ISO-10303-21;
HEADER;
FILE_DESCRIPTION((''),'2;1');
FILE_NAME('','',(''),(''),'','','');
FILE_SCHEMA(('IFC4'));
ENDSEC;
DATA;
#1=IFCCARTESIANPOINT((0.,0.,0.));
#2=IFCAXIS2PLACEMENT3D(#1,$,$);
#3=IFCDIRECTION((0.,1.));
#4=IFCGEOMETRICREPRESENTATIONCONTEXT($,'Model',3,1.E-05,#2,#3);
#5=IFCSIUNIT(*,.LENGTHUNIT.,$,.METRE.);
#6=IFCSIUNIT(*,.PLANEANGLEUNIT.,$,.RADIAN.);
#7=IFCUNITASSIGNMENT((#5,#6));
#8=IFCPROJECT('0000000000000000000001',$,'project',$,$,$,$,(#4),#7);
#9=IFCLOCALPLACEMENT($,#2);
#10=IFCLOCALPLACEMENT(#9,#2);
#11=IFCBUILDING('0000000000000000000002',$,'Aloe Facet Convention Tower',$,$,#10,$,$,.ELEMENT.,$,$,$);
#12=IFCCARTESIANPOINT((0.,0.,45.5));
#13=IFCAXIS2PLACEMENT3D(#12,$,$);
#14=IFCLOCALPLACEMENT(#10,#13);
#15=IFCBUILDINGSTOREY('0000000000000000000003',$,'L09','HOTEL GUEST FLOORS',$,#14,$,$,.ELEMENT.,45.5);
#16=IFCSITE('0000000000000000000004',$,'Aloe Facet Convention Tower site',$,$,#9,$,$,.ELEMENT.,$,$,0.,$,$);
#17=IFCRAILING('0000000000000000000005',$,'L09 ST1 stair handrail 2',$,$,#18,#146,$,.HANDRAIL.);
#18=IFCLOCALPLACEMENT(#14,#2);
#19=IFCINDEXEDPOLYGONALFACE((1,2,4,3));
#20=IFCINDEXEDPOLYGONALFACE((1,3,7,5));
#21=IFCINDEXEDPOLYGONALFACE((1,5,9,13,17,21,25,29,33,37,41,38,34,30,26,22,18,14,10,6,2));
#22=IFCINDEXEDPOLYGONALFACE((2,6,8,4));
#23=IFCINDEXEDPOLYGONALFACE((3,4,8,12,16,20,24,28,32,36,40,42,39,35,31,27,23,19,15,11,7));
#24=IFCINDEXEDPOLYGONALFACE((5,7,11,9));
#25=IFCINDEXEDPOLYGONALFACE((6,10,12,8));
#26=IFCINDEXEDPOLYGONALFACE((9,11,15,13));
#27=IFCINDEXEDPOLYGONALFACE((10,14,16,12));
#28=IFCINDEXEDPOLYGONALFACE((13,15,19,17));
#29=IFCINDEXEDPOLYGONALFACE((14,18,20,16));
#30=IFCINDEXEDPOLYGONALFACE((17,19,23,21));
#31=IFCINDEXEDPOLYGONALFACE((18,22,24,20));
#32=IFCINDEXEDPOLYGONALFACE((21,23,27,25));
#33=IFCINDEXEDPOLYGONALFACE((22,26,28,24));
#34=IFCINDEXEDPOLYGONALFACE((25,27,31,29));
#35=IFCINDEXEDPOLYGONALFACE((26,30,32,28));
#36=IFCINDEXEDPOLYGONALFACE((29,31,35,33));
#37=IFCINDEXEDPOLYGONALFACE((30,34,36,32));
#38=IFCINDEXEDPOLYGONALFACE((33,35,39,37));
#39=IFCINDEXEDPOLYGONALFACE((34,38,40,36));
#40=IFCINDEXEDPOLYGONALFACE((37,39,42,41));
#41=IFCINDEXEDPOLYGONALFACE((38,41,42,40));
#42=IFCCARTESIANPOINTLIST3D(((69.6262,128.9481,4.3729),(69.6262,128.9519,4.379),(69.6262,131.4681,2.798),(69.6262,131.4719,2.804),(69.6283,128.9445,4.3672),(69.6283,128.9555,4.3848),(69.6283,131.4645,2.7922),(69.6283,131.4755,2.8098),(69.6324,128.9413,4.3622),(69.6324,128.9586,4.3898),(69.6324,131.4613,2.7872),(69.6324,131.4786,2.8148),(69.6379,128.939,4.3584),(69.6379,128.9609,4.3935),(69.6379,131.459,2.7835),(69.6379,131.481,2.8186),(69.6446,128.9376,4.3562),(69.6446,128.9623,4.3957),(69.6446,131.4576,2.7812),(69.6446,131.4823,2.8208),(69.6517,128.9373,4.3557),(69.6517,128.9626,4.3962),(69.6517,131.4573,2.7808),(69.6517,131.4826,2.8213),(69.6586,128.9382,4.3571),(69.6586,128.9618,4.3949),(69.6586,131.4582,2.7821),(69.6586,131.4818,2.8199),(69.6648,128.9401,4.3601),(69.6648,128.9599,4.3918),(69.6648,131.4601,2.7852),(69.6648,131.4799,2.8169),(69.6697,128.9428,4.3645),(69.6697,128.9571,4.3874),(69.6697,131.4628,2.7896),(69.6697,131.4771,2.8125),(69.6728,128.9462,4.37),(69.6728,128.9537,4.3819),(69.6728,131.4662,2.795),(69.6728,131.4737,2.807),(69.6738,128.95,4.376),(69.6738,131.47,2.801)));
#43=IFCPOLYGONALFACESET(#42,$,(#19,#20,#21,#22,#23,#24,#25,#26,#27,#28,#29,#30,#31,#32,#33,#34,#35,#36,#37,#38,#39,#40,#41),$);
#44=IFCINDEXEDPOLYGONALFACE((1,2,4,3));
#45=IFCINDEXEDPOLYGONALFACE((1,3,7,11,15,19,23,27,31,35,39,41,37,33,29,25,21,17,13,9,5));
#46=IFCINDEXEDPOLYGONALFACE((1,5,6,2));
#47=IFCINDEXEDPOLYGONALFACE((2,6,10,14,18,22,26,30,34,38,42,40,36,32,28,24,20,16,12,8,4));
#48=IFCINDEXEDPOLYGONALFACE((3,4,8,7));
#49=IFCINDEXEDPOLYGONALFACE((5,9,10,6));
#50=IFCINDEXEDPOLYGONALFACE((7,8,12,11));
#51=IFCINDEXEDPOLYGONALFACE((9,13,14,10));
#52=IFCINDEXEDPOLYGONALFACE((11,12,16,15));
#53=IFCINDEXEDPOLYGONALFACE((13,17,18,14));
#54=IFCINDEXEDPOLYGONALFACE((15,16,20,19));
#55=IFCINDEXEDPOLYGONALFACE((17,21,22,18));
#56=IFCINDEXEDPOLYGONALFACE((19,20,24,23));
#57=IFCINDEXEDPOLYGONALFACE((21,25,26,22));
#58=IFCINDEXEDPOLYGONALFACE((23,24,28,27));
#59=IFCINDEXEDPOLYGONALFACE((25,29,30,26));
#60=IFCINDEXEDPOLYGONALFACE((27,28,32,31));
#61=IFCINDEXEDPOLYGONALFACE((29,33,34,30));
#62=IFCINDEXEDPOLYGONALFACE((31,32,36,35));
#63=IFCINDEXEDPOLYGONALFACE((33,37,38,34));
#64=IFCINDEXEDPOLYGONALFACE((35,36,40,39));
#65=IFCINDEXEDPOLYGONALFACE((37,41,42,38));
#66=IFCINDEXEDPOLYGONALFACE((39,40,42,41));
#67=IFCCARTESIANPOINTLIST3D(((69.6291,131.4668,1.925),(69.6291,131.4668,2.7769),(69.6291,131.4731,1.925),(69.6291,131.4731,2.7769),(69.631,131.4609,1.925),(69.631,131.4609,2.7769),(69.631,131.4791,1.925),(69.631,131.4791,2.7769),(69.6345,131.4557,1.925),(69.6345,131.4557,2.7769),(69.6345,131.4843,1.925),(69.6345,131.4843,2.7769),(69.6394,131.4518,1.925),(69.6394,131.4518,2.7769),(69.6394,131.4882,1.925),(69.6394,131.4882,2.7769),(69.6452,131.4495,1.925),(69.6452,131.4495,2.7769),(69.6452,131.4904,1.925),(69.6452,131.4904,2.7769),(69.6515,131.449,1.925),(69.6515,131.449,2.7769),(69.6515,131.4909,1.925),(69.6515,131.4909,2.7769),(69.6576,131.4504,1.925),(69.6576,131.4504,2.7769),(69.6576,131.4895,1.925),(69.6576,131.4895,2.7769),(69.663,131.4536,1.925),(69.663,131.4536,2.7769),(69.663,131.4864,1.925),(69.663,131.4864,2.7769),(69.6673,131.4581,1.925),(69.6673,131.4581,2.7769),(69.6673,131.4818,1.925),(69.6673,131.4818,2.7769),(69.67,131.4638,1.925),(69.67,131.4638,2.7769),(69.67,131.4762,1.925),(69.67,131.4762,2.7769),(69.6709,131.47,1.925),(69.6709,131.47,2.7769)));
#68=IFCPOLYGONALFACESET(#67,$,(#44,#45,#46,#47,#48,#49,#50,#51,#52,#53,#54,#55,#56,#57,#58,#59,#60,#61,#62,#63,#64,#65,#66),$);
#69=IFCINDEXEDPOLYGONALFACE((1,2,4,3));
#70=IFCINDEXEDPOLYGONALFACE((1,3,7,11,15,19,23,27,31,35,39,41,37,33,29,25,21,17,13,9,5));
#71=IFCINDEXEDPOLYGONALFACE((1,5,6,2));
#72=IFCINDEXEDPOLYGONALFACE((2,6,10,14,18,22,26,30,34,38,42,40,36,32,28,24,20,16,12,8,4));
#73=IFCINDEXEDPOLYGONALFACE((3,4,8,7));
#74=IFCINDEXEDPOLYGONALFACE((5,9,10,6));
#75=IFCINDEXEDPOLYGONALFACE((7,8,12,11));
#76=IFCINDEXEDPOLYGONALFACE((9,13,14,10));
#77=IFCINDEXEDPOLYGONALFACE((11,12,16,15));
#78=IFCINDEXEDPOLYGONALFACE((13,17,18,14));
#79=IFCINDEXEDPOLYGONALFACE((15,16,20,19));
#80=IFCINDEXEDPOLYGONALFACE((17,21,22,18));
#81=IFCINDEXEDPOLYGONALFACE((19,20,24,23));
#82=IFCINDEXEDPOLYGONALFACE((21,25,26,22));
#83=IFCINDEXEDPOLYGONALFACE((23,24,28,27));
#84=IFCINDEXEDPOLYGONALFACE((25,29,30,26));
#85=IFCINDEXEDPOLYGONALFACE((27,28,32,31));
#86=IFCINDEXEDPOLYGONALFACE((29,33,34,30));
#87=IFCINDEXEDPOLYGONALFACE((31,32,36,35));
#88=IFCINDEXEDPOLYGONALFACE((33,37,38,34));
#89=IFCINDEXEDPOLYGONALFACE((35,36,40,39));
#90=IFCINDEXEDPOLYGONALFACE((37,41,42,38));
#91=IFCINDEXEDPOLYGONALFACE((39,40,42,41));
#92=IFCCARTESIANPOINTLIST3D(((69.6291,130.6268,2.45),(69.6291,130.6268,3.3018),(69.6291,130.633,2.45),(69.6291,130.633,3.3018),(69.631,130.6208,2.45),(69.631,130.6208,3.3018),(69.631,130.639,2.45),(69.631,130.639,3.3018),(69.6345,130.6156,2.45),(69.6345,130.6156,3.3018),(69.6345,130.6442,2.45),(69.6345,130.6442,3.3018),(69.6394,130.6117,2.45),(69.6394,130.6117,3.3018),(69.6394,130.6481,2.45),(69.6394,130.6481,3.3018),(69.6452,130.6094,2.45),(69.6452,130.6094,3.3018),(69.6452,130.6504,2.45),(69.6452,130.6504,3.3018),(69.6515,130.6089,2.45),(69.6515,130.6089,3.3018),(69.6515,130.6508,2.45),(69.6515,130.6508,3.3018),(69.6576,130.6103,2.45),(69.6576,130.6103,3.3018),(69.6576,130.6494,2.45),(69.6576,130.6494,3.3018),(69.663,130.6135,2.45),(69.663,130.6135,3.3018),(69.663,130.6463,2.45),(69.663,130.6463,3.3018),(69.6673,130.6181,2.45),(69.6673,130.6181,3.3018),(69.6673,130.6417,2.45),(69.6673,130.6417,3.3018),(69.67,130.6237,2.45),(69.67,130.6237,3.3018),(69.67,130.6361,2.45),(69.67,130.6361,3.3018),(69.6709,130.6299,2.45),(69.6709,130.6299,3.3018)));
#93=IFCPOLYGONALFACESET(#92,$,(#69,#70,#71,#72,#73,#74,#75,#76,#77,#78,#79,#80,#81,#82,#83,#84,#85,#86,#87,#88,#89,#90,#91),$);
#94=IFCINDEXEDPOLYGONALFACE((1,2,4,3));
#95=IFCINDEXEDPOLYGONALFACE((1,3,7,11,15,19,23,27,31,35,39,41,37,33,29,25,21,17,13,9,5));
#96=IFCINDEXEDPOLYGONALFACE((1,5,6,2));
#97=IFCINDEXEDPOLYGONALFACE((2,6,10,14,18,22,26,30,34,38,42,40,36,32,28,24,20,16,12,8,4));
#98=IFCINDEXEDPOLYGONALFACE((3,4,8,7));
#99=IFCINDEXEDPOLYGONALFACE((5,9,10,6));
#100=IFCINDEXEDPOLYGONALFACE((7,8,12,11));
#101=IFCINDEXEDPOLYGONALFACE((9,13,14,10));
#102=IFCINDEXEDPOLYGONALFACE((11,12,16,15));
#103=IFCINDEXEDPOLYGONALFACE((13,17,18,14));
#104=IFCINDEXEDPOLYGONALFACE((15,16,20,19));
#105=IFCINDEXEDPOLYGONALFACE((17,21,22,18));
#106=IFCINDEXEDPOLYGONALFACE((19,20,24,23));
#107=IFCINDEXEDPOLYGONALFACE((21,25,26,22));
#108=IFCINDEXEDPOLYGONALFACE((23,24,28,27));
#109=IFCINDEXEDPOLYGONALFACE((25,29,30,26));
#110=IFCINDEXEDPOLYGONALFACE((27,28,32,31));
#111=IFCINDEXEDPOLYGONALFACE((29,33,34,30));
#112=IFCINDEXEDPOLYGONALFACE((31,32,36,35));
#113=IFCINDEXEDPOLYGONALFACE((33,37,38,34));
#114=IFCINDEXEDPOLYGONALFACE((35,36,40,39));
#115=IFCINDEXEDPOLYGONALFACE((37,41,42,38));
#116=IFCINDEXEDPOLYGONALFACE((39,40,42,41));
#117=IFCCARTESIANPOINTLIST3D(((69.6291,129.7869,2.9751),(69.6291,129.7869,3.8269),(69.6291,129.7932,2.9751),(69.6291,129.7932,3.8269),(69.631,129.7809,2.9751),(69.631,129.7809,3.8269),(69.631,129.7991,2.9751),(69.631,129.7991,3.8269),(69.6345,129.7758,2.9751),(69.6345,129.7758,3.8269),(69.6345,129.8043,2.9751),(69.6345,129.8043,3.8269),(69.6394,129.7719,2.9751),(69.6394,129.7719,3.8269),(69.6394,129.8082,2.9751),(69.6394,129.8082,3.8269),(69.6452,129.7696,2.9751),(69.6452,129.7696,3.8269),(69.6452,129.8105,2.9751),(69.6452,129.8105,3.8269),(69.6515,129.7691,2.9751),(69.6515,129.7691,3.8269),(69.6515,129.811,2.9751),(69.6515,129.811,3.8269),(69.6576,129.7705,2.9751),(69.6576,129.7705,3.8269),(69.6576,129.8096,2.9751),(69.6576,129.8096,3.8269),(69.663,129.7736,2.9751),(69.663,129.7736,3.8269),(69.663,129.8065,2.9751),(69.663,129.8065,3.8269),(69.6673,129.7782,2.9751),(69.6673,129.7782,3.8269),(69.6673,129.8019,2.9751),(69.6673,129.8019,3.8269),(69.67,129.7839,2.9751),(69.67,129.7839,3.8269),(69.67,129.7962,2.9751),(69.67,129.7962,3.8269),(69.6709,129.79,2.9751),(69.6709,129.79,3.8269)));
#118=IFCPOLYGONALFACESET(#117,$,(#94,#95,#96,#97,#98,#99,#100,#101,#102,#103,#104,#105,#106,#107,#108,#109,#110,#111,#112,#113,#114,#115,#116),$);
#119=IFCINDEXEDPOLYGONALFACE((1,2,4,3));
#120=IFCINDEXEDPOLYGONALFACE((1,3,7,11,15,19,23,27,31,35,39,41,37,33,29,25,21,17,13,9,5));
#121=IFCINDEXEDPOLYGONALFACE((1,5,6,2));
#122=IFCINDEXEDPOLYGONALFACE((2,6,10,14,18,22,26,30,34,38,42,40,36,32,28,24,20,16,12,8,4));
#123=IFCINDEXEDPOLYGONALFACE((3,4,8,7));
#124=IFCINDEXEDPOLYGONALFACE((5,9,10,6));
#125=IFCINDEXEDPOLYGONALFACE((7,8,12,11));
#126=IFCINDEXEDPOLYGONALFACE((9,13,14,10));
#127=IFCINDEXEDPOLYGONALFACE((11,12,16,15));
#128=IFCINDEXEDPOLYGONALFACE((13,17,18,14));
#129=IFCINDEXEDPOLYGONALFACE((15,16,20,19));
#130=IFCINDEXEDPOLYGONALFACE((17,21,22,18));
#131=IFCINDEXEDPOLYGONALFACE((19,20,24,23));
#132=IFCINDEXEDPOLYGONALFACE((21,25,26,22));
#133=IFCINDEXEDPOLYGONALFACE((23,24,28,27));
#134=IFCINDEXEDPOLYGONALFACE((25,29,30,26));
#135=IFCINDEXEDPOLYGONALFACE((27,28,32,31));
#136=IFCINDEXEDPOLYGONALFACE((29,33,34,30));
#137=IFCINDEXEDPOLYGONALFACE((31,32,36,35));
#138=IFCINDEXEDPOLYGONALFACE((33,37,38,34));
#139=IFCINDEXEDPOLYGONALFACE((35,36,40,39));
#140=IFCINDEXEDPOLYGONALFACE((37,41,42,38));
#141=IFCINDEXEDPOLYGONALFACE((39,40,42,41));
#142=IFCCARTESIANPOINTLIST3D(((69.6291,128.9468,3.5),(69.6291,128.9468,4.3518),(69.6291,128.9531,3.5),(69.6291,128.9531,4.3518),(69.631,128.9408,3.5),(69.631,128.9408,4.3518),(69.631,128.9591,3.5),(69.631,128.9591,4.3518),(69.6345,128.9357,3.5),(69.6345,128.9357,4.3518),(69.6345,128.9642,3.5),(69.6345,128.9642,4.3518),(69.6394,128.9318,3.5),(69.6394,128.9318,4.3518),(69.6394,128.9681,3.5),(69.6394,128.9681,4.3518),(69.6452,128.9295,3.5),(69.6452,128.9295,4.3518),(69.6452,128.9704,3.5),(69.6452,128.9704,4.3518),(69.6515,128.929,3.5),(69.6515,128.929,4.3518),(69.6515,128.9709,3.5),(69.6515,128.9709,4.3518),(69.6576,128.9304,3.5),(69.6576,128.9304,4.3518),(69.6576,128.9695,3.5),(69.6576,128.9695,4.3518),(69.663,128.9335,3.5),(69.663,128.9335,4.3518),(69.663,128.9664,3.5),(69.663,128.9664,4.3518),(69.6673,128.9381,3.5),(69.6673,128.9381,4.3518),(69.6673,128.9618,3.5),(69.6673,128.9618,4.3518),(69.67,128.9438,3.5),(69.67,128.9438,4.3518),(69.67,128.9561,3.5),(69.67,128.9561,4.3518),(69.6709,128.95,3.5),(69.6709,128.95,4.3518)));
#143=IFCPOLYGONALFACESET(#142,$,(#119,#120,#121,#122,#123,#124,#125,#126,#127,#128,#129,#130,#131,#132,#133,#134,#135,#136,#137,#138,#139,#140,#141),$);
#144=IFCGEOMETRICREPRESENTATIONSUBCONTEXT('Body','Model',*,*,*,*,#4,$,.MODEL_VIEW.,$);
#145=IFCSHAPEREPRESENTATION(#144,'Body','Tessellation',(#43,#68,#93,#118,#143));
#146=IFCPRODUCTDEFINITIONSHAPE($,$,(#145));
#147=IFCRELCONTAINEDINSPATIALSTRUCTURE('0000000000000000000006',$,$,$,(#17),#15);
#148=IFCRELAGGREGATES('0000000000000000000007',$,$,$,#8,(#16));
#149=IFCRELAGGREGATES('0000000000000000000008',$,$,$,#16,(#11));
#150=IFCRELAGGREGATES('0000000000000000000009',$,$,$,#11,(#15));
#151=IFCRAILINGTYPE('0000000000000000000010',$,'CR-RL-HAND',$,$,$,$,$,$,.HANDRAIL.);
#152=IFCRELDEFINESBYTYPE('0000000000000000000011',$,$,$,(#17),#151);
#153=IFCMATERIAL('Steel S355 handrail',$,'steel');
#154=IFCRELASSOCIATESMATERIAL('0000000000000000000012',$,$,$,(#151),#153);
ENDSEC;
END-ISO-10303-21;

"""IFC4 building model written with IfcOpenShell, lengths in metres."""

from ifc_helpers import new_model, si_unit, direction, frame, origin, origin_2d, place, context, subcontext, project, spatial, circle, extrude, material, type_object, element, save


model = new_model("IFC4")

# Units and contexts
model_context = context("Model", 3, precision=1e-05, world=origin(), true_north=direction((0.0, 1.0)))
body_context = subcontext(model_context, "Body", "Model", "MODEL_VIEW")
ifc_project = project(units=[si_unit("LENGTHUNIT", "METRE"), si_unit("PLANEANGLEUNIT", "RADIAN")], contexts=[model_context])

# Site, building, storey
site_placement = place(None, origin())
site = spatial("IfcSite", under=ifc_project, at=site_placement, Name="Aloe Facet Convention Tower site", CompositionType="ELEMENT", RefElevation=0.0)
building_placement = place(site_placement, origin())
building = spatial("IfcBuilding", under=site, at=building_placement, Name="Aloe Facet Convention Tower", CompositionType="ELEMENT")
storey_placement = place(building_placement, frame((0.0, 0.0, 45.5)))
storey = spatial("IfcBuildingStorey", under=building, at=storey_placement, Name="L09", Description="HOTEL GUEST FLOORS", CompositionType="ELEMENT", Elevation=45.5)

# Railing
ifc_material_1 = material(Name="Steel S355 handrail", Category="steel")
railing_type_1 = type_object("IfcRailingType", Name="CR-RL-HAND", PredefinedType="HANDRAIL", material=ifc_material_1)
railing_1_placement = place(storey_placement, frame((69.6499, 131.47, 1.925)))
element("IfcRailing", 1, at=railing_1_placement, inside=storey, type_object=railing_type_1, Name="L09 ST1 stair handrail 2", PredefinedType="HANDRAIL", context=body_context, shape_type="SweptSolid", body=[
    extrude(circle(Radius=0.0239, at=origin_2d()), frame((0.0, 0.0, 0.876), z_axis=(0.0, -0.848008, 0.529984), x_axis=(1.0, 0.0, 0.0)), (0.0, 0.0, 1.0), 2.9717),
    extrude(circle(Radius=0.021, at=origin_2d()), origin(), (0.0, 0.0, 1.0), 0.8518),
    extrude(circle(Radius=0.021, at=origin_2d()), frame((0.0, -0.8401, 0.5249)), (0.0, 0.0, 1.0), 0.8518),
    extrude(circle(Radius=0.021, at=origin_2d()), frame((0.0, -1.6799, 1.05)), (0.0, 0.0, 1.0), 0.8518),
    extrude(circle(Radius=0.021, at=origin_2d()), frame((0.0, -2.52, 1.575)), (0.0, 0.0, 1.0), 0.8518),
])

save(model, "model.ifc")
